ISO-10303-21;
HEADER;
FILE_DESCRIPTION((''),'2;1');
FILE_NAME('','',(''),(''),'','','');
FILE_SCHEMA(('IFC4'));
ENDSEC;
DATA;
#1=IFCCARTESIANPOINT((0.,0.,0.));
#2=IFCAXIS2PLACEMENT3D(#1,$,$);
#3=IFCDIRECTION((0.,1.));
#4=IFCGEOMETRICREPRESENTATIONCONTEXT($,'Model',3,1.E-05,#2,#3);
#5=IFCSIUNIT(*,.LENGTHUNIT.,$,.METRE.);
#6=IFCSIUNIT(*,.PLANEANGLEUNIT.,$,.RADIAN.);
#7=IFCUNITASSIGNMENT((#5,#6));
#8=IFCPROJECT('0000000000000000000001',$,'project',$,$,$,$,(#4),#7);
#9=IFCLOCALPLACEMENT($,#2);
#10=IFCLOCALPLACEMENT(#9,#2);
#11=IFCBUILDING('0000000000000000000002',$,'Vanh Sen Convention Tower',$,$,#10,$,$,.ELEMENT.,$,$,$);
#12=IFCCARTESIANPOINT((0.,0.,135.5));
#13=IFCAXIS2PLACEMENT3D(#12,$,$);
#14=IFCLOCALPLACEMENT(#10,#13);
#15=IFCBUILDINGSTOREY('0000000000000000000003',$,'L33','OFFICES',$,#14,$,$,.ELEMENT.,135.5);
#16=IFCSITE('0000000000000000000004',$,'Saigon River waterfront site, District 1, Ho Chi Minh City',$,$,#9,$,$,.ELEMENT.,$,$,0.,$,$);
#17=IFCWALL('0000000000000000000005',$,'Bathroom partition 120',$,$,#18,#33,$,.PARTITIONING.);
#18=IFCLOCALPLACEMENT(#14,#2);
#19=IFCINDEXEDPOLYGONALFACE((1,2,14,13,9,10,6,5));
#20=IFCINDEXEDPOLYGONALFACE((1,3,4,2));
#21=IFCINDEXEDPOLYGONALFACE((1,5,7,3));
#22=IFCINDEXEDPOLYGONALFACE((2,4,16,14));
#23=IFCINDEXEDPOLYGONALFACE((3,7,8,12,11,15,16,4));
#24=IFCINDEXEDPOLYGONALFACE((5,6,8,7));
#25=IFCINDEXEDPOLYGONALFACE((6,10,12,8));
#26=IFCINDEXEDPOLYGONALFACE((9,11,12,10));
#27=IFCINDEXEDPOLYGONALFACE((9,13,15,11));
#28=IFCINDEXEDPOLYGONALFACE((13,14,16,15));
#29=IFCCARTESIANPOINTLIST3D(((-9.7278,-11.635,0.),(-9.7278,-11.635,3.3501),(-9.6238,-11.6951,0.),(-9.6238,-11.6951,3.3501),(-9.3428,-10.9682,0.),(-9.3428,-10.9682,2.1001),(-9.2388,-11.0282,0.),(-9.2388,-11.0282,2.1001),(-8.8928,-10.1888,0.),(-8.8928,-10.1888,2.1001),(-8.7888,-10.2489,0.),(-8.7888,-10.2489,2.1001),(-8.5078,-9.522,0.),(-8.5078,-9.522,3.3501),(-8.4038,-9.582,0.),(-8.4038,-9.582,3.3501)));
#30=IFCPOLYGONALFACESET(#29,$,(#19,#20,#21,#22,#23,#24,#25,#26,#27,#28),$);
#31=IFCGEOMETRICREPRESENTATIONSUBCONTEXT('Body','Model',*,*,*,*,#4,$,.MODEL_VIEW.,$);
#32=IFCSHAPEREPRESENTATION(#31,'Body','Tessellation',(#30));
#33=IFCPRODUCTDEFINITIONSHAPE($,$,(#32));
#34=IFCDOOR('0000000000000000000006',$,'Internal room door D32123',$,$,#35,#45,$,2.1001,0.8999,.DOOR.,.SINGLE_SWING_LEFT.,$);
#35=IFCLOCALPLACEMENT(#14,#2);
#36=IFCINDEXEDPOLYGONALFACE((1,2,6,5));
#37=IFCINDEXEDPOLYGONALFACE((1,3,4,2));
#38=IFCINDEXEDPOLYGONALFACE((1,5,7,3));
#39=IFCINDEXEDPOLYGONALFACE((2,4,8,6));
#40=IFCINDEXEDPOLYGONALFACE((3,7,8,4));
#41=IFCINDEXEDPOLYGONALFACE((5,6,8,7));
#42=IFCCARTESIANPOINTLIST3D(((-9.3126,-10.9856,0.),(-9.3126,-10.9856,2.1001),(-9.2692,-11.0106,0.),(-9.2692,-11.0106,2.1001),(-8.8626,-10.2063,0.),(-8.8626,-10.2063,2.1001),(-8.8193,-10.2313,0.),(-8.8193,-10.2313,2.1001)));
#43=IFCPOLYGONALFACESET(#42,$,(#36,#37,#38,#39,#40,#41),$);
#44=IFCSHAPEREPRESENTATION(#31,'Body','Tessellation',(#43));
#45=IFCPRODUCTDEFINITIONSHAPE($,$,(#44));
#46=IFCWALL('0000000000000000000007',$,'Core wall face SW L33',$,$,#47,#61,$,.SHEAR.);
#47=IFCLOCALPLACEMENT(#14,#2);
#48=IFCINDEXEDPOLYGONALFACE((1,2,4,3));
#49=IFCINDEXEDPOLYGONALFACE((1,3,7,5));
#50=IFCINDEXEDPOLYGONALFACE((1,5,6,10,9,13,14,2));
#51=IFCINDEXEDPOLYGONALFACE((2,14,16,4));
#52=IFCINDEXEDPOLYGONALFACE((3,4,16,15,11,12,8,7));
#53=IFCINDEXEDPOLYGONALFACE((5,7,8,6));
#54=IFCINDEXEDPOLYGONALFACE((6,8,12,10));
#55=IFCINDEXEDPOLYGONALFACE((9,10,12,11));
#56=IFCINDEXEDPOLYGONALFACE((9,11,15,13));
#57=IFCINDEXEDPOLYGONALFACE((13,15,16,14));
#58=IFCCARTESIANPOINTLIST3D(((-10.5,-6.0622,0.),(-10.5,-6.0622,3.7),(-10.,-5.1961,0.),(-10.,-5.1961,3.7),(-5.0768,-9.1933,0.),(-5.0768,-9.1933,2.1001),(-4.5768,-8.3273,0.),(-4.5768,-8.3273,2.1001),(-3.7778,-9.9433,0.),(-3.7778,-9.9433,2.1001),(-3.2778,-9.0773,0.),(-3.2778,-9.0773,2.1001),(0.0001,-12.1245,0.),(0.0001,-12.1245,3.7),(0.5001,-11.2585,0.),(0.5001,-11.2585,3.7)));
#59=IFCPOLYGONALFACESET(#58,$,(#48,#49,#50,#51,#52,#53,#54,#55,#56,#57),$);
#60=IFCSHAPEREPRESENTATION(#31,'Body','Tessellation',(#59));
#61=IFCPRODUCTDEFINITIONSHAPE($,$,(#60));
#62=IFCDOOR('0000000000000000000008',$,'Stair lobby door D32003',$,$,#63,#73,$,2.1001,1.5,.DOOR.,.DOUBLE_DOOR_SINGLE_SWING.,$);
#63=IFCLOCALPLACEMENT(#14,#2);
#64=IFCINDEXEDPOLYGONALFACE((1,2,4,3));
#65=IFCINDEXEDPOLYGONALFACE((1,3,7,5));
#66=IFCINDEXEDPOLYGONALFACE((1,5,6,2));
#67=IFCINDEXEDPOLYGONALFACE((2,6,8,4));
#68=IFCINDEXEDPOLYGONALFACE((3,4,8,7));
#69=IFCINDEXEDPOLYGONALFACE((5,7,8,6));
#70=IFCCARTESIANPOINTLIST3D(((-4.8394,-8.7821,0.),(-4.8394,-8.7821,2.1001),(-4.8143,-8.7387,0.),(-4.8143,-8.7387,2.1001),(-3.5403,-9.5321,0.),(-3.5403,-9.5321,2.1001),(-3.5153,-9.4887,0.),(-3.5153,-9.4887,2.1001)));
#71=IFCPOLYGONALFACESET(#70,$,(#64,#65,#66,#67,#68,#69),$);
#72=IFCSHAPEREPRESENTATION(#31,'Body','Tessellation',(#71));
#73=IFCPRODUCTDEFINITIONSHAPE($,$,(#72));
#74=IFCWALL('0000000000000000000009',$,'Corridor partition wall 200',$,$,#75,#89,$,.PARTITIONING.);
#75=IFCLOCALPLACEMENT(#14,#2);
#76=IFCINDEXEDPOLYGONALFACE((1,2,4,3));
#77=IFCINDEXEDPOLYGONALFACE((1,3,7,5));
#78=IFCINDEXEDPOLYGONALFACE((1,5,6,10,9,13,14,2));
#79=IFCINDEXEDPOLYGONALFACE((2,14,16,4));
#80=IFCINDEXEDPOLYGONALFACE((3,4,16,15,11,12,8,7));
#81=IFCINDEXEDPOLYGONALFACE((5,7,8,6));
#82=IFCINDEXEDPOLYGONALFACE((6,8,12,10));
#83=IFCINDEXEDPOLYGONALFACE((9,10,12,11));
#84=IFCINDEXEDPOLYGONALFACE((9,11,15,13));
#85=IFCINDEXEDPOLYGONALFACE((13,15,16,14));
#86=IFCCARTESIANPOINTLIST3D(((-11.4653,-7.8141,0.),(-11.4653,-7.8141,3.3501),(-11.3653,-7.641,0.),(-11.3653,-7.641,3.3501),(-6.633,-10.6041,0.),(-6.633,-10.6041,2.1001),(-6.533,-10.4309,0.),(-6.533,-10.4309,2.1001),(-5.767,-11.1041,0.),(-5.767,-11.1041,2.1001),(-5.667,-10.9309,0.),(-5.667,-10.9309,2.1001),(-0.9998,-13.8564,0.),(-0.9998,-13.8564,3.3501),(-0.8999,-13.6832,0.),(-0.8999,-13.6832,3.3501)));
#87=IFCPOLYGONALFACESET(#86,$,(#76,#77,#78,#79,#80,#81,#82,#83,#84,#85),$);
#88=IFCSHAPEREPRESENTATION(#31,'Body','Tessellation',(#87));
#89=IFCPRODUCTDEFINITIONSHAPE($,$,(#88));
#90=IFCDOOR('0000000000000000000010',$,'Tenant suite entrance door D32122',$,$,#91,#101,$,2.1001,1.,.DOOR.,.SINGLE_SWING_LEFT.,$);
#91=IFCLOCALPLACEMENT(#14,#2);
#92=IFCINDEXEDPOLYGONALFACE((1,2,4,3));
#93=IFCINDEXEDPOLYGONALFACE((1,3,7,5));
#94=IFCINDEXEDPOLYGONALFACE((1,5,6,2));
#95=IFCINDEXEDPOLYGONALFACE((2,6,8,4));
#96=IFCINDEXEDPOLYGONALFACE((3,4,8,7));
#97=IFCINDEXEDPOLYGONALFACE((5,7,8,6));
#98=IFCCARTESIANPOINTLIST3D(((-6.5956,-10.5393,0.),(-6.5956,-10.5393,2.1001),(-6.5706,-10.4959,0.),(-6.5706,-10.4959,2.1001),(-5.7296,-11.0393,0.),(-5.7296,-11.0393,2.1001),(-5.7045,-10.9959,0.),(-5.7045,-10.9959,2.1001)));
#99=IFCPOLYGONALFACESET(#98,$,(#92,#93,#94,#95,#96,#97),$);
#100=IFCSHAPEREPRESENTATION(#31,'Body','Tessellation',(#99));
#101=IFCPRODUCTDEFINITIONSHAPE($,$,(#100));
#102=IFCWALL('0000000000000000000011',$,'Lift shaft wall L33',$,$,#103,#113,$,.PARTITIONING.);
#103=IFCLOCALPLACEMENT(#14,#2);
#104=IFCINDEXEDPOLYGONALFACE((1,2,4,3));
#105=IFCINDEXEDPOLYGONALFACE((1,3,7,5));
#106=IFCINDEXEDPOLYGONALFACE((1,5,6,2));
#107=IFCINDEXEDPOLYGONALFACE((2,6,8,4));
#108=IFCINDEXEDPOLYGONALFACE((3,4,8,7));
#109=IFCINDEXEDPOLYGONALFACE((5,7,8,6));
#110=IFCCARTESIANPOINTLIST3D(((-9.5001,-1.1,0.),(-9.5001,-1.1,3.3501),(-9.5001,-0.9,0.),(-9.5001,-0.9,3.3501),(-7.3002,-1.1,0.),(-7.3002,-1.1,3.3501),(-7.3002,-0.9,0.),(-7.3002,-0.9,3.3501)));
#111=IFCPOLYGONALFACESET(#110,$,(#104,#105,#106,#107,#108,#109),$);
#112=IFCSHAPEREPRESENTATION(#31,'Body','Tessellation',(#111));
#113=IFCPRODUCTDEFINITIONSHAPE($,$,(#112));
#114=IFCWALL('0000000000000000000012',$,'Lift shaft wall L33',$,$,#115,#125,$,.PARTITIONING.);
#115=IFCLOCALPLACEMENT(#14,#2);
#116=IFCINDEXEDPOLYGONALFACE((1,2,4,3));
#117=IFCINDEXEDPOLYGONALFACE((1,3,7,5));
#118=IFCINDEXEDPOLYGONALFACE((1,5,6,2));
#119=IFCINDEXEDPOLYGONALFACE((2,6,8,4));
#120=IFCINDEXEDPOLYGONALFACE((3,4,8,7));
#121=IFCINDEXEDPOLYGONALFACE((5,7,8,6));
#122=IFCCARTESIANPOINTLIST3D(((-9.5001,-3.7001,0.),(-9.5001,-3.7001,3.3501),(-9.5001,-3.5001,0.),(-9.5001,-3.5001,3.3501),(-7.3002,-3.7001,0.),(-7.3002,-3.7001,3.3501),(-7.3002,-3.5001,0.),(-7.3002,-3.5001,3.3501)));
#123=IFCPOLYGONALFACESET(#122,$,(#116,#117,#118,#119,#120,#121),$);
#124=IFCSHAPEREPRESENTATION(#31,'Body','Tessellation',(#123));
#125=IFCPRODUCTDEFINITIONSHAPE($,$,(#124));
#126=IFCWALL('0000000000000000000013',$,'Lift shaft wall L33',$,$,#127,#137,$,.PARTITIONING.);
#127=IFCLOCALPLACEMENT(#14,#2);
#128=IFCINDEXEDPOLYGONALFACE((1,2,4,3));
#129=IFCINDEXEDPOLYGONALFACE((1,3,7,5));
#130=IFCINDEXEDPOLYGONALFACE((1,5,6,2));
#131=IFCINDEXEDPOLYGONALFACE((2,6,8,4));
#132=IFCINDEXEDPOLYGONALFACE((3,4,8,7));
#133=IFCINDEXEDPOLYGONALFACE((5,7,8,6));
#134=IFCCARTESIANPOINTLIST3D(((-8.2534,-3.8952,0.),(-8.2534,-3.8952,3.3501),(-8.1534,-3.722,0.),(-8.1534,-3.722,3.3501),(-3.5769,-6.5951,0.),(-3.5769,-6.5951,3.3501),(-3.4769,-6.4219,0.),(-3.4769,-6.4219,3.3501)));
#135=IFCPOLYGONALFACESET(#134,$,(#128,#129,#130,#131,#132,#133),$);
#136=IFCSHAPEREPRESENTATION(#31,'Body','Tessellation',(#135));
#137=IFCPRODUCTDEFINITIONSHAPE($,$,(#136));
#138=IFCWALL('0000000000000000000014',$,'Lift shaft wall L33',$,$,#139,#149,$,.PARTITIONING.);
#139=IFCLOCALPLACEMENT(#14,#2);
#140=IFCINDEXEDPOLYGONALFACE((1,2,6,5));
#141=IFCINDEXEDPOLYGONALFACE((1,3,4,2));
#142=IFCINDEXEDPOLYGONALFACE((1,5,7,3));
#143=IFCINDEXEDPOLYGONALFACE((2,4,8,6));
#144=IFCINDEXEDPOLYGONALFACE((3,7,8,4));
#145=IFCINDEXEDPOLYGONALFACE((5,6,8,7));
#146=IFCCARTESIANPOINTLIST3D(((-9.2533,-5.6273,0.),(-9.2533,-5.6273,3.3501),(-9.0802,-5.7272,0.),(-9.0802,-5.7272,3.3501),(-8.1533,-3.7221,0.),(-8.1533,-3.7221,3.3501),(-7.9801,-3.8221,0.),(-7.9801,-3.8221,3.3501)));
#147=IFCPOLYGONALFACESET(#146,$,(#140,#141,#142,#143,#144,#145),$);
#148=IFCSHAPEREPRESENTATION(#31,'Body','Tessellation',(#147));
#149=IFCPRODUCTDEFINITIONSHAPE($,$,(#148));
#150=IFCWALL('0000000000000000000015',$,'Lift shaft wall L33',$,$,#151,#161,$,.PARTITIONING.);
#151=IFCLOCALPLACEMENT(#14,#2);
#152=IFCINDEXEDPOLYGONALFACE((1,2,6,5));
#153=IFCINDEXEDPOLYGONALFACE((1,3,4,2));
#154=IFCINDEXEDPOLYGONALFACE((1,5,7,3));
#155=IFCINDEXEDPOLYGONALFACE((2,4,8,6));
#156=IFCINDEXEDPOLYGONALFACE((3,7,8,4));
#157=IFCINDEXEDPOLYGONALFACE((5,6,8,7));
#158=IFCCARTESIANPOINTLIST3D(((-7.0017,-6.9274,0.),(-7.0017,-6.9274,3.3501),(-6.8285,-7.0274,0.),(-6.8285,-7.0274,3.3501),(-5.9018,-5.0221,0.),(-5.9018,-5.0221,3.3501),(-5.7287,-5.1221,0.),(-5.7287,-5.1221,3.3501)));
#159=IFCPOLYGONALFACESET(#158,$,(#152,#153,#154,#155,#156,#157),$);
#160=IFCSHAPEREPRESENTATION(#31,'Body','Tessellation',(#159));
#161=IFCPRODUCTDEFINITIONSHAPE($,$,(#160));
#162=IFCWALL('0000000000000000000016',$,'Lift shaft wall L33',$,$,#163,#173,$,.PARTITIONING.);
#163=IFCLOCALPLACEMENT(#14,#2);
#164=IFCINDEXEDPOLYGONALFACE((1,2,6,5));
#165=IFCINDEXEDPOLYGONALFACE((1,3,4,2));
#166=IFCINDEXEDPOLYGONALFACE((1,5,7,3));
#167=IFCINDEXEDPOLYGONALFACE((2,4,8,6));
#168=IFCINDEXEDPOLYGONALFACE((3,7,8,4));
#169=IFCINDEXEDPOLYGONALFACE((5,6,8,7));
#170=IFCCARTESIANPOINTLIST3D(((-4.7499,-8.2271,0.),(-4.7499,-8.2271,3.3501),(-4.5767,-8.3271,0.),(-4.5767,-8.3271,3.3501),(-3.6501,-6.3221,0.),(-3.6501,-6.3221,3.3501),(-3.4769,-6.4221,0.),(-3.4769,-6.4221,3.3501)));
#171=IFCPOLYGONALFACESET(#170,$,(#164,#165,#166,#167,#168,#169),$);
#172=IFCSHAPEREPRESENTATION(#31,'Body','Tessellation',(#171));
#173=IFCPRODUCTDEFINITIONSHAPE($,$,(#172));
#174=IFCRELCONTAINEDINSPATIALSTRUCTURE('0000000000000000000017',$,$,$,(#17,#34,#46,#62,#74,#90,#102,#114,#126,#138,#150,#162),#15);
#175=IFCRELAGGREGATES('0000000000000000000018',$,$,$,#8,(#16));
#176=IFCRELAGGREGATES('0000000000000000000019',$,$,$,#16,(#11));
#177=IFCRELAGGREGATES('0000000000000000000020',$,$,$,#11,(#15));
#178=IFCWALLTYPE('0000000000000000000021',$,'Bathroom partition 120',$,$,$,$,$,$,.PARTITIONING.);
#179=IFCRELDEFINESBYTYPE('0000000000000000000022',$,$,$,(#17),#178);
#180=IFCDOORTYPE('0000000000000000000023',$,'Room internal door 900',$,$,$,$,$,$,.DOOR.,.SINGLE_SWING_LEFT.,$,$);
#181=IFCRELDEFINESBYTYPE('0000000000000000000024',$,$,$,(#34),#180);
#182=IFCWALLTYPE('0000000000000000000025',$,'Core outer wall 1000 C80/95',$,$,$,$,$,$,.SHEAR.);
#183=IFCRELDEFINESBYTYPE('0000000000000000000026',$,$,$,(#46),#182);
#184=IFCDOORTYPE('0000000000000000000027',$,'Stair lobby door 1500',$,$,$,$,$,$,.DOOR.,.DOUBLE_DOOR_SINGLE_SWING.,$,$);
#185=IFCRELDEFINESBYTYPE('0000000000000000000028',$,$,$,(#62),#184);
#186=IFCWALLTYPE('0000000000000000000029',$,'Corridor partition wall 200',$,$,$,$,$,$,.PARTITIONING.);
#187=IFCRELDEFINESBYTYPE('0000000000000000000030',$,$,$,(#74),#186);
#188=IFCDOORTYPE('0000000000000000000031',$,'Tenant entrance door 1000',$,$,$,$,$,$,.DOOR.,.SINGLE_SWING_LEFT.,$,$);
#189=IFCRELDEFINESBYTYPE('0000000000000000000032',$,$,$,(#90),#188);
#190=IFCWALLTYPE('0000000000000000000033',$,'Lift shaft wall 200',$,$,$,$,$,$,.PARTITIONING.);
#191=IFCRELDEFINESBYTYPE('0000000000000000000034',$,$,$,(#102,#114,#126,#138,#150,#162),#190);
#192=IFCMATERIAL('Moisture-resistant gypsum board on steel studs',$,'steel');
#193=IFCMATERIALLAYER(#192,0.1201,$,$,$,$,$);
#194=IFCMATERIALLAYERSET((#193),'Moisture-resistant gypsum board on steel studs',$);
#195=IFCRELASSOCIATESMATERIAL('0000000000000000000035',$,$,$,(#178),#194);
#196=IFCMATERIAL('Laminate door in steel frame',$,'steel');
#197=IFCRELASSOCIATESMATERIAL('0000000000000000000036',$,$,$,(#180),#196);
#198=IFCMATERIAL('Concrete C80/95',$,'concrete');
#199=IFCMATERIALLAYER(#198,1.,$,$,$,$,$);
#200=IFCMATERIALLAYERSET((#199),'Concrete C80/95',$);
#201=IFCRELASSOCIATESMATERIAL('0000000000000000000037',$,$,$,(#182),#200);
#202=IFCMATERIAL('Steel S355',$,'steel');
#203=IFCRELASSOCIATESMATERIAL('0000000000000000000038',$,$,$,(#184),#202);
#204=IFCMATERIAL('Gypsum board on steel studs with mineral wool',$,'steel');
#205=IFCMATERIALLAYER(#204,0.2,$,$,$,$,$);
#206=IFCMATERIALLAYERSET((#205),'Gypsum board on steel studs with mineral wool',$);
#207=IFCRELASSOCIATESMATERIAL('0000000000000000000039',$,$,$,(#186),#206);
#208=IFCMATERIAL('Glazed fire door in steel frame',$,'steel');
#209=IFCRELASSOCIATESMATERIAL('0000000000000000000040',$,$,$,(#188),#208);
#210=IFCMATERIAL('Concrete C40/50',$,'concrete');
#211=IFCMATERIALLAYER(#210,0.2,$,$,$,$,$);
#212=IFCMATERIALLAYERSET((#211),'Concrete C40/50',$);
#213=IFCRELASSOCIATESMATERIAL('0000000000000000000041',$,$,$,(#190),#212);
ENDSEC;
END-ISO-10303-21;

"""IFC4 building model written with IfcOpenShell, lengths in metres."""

from ifc_helpers import new_model, si_unit, direction, frame, frame_2d, origin, place, context, subcontext, project, spatial, rectangle, extrude, material, layer, layer_set, type_object, element, fill, save


model = new_model("IFC4")

# Units and contexts
model_context = context("Model", 3, precision=1e-05, world=origin(), true_north=direction((0.0, 1.0)))
body_context = subcontext(model_context, "Body", "Model", "MODEL_VIEW")
ifc_project = project(units=[si_unit("LENGTHUNIT", "METRE"), si_unit("PLANEANGLEUNIT", "RADIAN")], contexts=[model_context])

# Site, building, storey
site_placement = place(None, origin())
site = spatial("IfcSite", under=ifc_project, at=site_placement, Name="Saigon River waterfront site, District 1, Ho Chi Minh City", CompositionType="ELEMENT", RefElevation=0.0)
building_placement = place(site_placement, origin())
building = spatial("IfcBuilding", under=site, at=building_placement, Name="Vanh Sen Convention Tower", CompositionType="ELEMENT")
storey_placement = place(building_placement, frame((0.0, 0.0, 135.5)))
storey = spatial("IfcBuildingStorey", under=building, at=storey_placement, Name="L33", Description="OFFICES", CompositionType="ELEMENT", Elevation=135.5)

# Shared definitions
ifc_material_1 = material(Name="Concrete C40/50", Category="concrete")

# Shared definitions
ifc_material_2 = material(Name="Moisture-resistant gypsum board on steel studs", Category="steel")
ifc_layer_1 = layer(ifc_material_2, 0.1201)
ifc_layer_set_1 = layer_set([ifc_layer_1], Name="Moisture-resistant gypsum board on steel studs")
wall_type_1 = type_object("IfcWallType", Name="Bathroom partition 120", PredefinedType="PARTITIONING", material=ifc_layer_set_1)

# Walls, openings, doors
wall_1_placement = place(storey_placement, frame((-8.4558, -9.552, 0.0), z_axis=(0.0, 0.0, 1.0), x_axis=(-0.500003, -0.866024, 0.0)))
wall_1 = element("IfcWall", 1, at=wall_1_placement, inside=storey, type_object=wall_type_1, Name="Bathroom partition 120", PredefinedType="PARTITIONING", context=body_context, shape_type="SweptSolid", body=[
    extrude(rectangle(XDim=2.4399, YDim=0.1201, at=frame_2d((1.22, 0.0))), origin(), (0.0, 0.0, 1.0), 3.3501),
])
opening_1_placement = place(wall_1_placement, frame((0.77, 0.0, 0.0)))
opening_1 = element("IfcOpeningElement", 2, at=opening_1_placement, cuts=wall_1, PredefinedType="OPENING", context=body_context, shape_type="SweptSolid", body=[
    extrude(rectangle(XDim=0.8999, YDim=2.1001, at=frame_2d((0.45, 1.05))), frame((0.0, 0.0701, 0.0), z_axis=(0.0, -1.0, 0.0), x_axis=(1.0, 0.0, 0.0)), (0.0, 0.0, 1.0), 0.1401),
])
ifc_material_3 = material(Name="Laminate door in steel frame", Category="steel")
door_type_1 = type_object("IfcDoorType", Name="Room internal door 900", OperationType="SINGLE_SWING_LEFT", PredefinedType="DOOR", material=ifc_material_3)
door_1_placement = place(opening_1_placement, origin())
door_1 = element("IfcDoor", 3, at=door_1_placement, inside=storey, type_object=door_type_1, Name="Internal room door D32123", OperationType="SINGLE_SWING_LEFT", OverallHeight=2.1001, OverallWidth=0.8999, PredefinedType="DOOR", context=body_context, shape_type="SweptSolid", body=[
    extrude(rectangle(XDim=0.8999, YDim=2.1001, at=frame_2d((0.45, 1.05))), frame((0.0, 0.0249, 0.0), z_axis=(0.0, -1.0, 0.0), x_axis=(1.0, 0.0, 0.0)), (0.0, 0.0, 1.0), 0.05),
])
fill(opening_1, door_1)
ifc_material_4 = material(Name="Concrete C80/95", Category="concrete")
ifc_layer_2 = layer(ifc_material_4, 1.0)
ifc_layer_set_2 = layer_set([ifc_layer_2], Name="Concrete C80/95")
wall_type_2 = type_object("IfcWallType", Name="Core outer wall 1000 C80/95", PredefinedType="SHEAR", material=ifc_layer_set_2)
wall_2_placement = place(storey_placement, frame((-10.25, -5.6292, 0.0), z_axis=(0.0, 0.0, 1.0), x_axis=(0.866023, -0.500005, 0.0)))
wall_2 = element("IfcWall", 4, at=wall_2_placement, inside=storey, type_object=wall_type_2, Name="Core wall face SW L33", PredefinedType="SHEAR", context=body_context, shape_type="SweptSolid", body=[
    extrude(rectangle(XDim=12.1245, YDim=1.0, at=frame_2d((6.0623, 0.0))), origin(), (0.0, 0.0, 1.0), 3.7),
])
opening_2_placement = place(wall_2_placement, frame((6.2622, 0.0, 0.0)))
opening_2 = element("IfcOpeningElement", 5, at=opening_2_placement, cuts=wall_2, PredefinedType="OPENING", context=body_context, shape_type="SweptSolid", body=[
    extrude(rectangle(XDim=1.5, YDim=2.1001, at=frame_2d((0.75, 1.05))), frame((0.0, 0.51, 0.0), z_axis=(0.0, -1.0, 0.0), x_axis=(1.0, 0.0, 0.0)), (0.0, 0.0, 1.0), 1.02),
])
ifc_material_5 = material(Name="Steel S355", Category="steel")
door_type_2 = type_object("IfcDoorType", Name="Stair lobby door 1500", OperationType="DOUBLE_DOOR_SINGLE_SWING", PredefinedType="DOOR", material=ifc_material_5)
door_2_placement = place(opening_2_placement, origin())
door_2 = element("IfcDoor", 6, at=door_2_placement, inside=storey, type_object=door_type_2, Name="Stair lobby door D32003", OperationType="DOUBLE_DOOR_SINGLE_SWING", OverallHeight=2.1001, OverallWidth=1.5, PredefinedType="DOOR", context=body_context, shape_type="SweptSolid", body=[
    extrude(rectangle(XDim=1.5, YDim=2.1001, at=frame_2d((0.75, 1.05))), frame((0.0, 0.0249, 0.0), z_axis=(0.0, -1.0, 0.0), x_axis=(1.0, 0.0, 0.0)), (0.0, 0.0, 1.0), 0.05),
])
fill(opening_2, door_2)
ifc_material_6 = material(Name="Gypsum board on steel studs with mineral wool", Category="steel")
ifc_layer_3 = layer(ifc_material_6, 0.2)
ifc_layer_set_3 = layer_set([ifc_layer_3], Name="Gypsum board on steel studs with mineral wool")
wall_type_3 = type_object("IfcWallType", Name="Corridor partition wall 200", PredefinedType="PARTITIONING", material=ifc_layer_set_3)
wall_3_placement = place(storey_placement, frame((-11.4153, -7.7275, 0.0), z_axis=(0.0, 0.0, 1.0), x_axis=(0.866023, -0.500005, 0.0)))
wall_3 = element("IfcWall", 7, at=wall_3_placement, inside=storey, type_object=wall_type_3, Name="Corridor partition wall 200", PredefinedType="PARTITIONING", context=body_context, shape_type="SweptSolid", body=[
    extrude(rectangle(XDim=12.0845, YDim=0.2, at=frame_2d((6.0422, 0.0))), origin(), (0.0, 0.0, 1.0), 3.3501),
])
opening_3_placement = place(wall_3_placement, frame((5.5798, 0.0, 0.0)))
opening_3 = element("IfcOpeningElement", 8, at=opening_3_placement, cuts=wall_3, PredefinedType="OPENING", context=body_context, shape_type="SweptSolid", body=[
    extrude(rectangle(XDim=1.0, YDim=2.1001, at=frame_2d((0.5, 1.05))), frame((0.0, 0.1099, 0.0), z_axis=(0.0, -1.0, 0.0), x_axis=(1.0, 0.0, 0.0)), (0.0, 0.0, 1.0), 0.22),
])
ifc_material_7 = material(Name="Glazed fire door in steel frame", Category="steel")
door_type_3 = type_object("IfcDoorType", Name="Tenant entrance door 1000", OperationType="SINGLE_SWING_LEFT", PredefinedType="DOOR", material=ifc_material_7)
door_3_placement = place(opening_3_placement, origin())
door_3 = element("IfcDoor", 9, at=door_3_placement, inside=storey, type_object=door_type_3, Name="Tenant suite entrance door D32122", OperationType="SINGLE_SWING_LEFT", OverallHeight=2.1001, OverallWidth=1.0, PredefinedType="DOOR", context=body_context, shape_type="SweptSolid", body=[
    extrude(rectangle(XDim=1.0, YDim=2.1001, at=frame_2d((0.5, 1.05))), frame((0.0, 0.0249, 0.0), z_axis=(0.0, -1.0, 0.0), x_axis=(1.0, 0.0, 0.0)), (0.0, 0.0, 1.0), 0.05),
])
fill(opening_3, door_3)

# Walls
ifc_layer_4 = layer(ifc_material_1, 0.2)
ifc_layer_set_4 = layer_set([ifc_layer_4], Name="Concrete C40/50")
wall_type_4 = type_object("IfcWallType", Name="Lift shaft wall 200", PredefinedType="PARTITIONING", material=ifc_layer_set_4)
for number, where, z_axis, x_axis, name in (
    (10, (-7.3, -1.0, 0.0), (0.0, 0.0, 1.0), (-1.0, 0.0, 0.0), "Lift shaft wall L33"),
    (11, (-7.3, -3.6001, 0.0), (0.0, 0.0, 1.0), (-1.0, 0.0, 0.0), "Lift shaft wall L33"),
):
    element("IfcWall", number, at=place(storey_placement, frame(where, z_axis=z_axis, x_axis=x_axis)), inside=storey, type_object=wall_type_4, Name=name, PredefinedType="PARTITIONING", context=body_context, shape_type="SweptSolid", body=[
        extrude(rectangle(XDim=2.2, YDim=0.2, at=frame_2d((1.1001, 0.0))), origin(), (0.0, 0.0, 1.0), 3.3501),
    ])
wall_4_placement = place(storey_placement, frame((-8.2034, -3.8086, 0.0), z_axis=(0.0, 0.0, 1.0), x_axis=(0.866028, -0.499995, 0.0)))
element("IfcWall", 12, at=wall_4_placement, inside=storey, type_object=wall_type_4, Name="Lift shaft wall L33", PredefinedType="PARTITIONING", context=body_context, shape_type="SweptSolid", body=[
    extrude(rectangle(XDim=5.3999, YDim=0.2, at=frame_2d((2.7, 0.0))), origin(), (0.0, 0.0, 1.0), 3.3501),
])
for number, where, z_axis, x_axis, name in (
    (13, (-8.0667, -3.772, 0.0), (0.0, 0.0, 1.0), (-0.50003, -0.866008, 0.0), "Lift shaft wall L33"),
    (14, (-5.8152, -5.072, 0.0), (0.0, 0.0, 1.0), (-0.499947, -0.866056, 0.0), "Lift shaft wall L33"),
):
    element("IfcWall", number, at=place(storey_placement, frame(where, z_axis=z_axis, x_axis=x_axis)), inside=storey, type_object=wall_type_4, Name=name, PredefinedType="PARTITIONING", context=body_context, shape_type="SweptSolid", body=[
        extrude(rectangle(XDim=2.2, YDim=0.2, at=frame_2d((1.1001, 0.0))), origin(), (0.0, 0.0, 1.0), 3.3501),
    ])
wall_5_placement = place(storey_placement, frame((-3.5635, -6.3721, 0.0), z_axis=(0.0, 0.0, 1.0), x_axis=(-0.499995, -0.866028, 0.0)))
element("IfcWall", 15, at=wall_5_placement, inside=storey, type_object=wall_type_4, Name="Lift shaft wall L33", PredefinedType="PARTITIONING", context=body_context, shape_type="SweptSolid", body=[
    extrude(rectangle(XDim=2.1997, YDim=0.2, at=frame_2d((1.0999, 0.0))), origin(), (0.0, 0.0, 1.0), 3.3501),
])

save(model, "model.ifc")
